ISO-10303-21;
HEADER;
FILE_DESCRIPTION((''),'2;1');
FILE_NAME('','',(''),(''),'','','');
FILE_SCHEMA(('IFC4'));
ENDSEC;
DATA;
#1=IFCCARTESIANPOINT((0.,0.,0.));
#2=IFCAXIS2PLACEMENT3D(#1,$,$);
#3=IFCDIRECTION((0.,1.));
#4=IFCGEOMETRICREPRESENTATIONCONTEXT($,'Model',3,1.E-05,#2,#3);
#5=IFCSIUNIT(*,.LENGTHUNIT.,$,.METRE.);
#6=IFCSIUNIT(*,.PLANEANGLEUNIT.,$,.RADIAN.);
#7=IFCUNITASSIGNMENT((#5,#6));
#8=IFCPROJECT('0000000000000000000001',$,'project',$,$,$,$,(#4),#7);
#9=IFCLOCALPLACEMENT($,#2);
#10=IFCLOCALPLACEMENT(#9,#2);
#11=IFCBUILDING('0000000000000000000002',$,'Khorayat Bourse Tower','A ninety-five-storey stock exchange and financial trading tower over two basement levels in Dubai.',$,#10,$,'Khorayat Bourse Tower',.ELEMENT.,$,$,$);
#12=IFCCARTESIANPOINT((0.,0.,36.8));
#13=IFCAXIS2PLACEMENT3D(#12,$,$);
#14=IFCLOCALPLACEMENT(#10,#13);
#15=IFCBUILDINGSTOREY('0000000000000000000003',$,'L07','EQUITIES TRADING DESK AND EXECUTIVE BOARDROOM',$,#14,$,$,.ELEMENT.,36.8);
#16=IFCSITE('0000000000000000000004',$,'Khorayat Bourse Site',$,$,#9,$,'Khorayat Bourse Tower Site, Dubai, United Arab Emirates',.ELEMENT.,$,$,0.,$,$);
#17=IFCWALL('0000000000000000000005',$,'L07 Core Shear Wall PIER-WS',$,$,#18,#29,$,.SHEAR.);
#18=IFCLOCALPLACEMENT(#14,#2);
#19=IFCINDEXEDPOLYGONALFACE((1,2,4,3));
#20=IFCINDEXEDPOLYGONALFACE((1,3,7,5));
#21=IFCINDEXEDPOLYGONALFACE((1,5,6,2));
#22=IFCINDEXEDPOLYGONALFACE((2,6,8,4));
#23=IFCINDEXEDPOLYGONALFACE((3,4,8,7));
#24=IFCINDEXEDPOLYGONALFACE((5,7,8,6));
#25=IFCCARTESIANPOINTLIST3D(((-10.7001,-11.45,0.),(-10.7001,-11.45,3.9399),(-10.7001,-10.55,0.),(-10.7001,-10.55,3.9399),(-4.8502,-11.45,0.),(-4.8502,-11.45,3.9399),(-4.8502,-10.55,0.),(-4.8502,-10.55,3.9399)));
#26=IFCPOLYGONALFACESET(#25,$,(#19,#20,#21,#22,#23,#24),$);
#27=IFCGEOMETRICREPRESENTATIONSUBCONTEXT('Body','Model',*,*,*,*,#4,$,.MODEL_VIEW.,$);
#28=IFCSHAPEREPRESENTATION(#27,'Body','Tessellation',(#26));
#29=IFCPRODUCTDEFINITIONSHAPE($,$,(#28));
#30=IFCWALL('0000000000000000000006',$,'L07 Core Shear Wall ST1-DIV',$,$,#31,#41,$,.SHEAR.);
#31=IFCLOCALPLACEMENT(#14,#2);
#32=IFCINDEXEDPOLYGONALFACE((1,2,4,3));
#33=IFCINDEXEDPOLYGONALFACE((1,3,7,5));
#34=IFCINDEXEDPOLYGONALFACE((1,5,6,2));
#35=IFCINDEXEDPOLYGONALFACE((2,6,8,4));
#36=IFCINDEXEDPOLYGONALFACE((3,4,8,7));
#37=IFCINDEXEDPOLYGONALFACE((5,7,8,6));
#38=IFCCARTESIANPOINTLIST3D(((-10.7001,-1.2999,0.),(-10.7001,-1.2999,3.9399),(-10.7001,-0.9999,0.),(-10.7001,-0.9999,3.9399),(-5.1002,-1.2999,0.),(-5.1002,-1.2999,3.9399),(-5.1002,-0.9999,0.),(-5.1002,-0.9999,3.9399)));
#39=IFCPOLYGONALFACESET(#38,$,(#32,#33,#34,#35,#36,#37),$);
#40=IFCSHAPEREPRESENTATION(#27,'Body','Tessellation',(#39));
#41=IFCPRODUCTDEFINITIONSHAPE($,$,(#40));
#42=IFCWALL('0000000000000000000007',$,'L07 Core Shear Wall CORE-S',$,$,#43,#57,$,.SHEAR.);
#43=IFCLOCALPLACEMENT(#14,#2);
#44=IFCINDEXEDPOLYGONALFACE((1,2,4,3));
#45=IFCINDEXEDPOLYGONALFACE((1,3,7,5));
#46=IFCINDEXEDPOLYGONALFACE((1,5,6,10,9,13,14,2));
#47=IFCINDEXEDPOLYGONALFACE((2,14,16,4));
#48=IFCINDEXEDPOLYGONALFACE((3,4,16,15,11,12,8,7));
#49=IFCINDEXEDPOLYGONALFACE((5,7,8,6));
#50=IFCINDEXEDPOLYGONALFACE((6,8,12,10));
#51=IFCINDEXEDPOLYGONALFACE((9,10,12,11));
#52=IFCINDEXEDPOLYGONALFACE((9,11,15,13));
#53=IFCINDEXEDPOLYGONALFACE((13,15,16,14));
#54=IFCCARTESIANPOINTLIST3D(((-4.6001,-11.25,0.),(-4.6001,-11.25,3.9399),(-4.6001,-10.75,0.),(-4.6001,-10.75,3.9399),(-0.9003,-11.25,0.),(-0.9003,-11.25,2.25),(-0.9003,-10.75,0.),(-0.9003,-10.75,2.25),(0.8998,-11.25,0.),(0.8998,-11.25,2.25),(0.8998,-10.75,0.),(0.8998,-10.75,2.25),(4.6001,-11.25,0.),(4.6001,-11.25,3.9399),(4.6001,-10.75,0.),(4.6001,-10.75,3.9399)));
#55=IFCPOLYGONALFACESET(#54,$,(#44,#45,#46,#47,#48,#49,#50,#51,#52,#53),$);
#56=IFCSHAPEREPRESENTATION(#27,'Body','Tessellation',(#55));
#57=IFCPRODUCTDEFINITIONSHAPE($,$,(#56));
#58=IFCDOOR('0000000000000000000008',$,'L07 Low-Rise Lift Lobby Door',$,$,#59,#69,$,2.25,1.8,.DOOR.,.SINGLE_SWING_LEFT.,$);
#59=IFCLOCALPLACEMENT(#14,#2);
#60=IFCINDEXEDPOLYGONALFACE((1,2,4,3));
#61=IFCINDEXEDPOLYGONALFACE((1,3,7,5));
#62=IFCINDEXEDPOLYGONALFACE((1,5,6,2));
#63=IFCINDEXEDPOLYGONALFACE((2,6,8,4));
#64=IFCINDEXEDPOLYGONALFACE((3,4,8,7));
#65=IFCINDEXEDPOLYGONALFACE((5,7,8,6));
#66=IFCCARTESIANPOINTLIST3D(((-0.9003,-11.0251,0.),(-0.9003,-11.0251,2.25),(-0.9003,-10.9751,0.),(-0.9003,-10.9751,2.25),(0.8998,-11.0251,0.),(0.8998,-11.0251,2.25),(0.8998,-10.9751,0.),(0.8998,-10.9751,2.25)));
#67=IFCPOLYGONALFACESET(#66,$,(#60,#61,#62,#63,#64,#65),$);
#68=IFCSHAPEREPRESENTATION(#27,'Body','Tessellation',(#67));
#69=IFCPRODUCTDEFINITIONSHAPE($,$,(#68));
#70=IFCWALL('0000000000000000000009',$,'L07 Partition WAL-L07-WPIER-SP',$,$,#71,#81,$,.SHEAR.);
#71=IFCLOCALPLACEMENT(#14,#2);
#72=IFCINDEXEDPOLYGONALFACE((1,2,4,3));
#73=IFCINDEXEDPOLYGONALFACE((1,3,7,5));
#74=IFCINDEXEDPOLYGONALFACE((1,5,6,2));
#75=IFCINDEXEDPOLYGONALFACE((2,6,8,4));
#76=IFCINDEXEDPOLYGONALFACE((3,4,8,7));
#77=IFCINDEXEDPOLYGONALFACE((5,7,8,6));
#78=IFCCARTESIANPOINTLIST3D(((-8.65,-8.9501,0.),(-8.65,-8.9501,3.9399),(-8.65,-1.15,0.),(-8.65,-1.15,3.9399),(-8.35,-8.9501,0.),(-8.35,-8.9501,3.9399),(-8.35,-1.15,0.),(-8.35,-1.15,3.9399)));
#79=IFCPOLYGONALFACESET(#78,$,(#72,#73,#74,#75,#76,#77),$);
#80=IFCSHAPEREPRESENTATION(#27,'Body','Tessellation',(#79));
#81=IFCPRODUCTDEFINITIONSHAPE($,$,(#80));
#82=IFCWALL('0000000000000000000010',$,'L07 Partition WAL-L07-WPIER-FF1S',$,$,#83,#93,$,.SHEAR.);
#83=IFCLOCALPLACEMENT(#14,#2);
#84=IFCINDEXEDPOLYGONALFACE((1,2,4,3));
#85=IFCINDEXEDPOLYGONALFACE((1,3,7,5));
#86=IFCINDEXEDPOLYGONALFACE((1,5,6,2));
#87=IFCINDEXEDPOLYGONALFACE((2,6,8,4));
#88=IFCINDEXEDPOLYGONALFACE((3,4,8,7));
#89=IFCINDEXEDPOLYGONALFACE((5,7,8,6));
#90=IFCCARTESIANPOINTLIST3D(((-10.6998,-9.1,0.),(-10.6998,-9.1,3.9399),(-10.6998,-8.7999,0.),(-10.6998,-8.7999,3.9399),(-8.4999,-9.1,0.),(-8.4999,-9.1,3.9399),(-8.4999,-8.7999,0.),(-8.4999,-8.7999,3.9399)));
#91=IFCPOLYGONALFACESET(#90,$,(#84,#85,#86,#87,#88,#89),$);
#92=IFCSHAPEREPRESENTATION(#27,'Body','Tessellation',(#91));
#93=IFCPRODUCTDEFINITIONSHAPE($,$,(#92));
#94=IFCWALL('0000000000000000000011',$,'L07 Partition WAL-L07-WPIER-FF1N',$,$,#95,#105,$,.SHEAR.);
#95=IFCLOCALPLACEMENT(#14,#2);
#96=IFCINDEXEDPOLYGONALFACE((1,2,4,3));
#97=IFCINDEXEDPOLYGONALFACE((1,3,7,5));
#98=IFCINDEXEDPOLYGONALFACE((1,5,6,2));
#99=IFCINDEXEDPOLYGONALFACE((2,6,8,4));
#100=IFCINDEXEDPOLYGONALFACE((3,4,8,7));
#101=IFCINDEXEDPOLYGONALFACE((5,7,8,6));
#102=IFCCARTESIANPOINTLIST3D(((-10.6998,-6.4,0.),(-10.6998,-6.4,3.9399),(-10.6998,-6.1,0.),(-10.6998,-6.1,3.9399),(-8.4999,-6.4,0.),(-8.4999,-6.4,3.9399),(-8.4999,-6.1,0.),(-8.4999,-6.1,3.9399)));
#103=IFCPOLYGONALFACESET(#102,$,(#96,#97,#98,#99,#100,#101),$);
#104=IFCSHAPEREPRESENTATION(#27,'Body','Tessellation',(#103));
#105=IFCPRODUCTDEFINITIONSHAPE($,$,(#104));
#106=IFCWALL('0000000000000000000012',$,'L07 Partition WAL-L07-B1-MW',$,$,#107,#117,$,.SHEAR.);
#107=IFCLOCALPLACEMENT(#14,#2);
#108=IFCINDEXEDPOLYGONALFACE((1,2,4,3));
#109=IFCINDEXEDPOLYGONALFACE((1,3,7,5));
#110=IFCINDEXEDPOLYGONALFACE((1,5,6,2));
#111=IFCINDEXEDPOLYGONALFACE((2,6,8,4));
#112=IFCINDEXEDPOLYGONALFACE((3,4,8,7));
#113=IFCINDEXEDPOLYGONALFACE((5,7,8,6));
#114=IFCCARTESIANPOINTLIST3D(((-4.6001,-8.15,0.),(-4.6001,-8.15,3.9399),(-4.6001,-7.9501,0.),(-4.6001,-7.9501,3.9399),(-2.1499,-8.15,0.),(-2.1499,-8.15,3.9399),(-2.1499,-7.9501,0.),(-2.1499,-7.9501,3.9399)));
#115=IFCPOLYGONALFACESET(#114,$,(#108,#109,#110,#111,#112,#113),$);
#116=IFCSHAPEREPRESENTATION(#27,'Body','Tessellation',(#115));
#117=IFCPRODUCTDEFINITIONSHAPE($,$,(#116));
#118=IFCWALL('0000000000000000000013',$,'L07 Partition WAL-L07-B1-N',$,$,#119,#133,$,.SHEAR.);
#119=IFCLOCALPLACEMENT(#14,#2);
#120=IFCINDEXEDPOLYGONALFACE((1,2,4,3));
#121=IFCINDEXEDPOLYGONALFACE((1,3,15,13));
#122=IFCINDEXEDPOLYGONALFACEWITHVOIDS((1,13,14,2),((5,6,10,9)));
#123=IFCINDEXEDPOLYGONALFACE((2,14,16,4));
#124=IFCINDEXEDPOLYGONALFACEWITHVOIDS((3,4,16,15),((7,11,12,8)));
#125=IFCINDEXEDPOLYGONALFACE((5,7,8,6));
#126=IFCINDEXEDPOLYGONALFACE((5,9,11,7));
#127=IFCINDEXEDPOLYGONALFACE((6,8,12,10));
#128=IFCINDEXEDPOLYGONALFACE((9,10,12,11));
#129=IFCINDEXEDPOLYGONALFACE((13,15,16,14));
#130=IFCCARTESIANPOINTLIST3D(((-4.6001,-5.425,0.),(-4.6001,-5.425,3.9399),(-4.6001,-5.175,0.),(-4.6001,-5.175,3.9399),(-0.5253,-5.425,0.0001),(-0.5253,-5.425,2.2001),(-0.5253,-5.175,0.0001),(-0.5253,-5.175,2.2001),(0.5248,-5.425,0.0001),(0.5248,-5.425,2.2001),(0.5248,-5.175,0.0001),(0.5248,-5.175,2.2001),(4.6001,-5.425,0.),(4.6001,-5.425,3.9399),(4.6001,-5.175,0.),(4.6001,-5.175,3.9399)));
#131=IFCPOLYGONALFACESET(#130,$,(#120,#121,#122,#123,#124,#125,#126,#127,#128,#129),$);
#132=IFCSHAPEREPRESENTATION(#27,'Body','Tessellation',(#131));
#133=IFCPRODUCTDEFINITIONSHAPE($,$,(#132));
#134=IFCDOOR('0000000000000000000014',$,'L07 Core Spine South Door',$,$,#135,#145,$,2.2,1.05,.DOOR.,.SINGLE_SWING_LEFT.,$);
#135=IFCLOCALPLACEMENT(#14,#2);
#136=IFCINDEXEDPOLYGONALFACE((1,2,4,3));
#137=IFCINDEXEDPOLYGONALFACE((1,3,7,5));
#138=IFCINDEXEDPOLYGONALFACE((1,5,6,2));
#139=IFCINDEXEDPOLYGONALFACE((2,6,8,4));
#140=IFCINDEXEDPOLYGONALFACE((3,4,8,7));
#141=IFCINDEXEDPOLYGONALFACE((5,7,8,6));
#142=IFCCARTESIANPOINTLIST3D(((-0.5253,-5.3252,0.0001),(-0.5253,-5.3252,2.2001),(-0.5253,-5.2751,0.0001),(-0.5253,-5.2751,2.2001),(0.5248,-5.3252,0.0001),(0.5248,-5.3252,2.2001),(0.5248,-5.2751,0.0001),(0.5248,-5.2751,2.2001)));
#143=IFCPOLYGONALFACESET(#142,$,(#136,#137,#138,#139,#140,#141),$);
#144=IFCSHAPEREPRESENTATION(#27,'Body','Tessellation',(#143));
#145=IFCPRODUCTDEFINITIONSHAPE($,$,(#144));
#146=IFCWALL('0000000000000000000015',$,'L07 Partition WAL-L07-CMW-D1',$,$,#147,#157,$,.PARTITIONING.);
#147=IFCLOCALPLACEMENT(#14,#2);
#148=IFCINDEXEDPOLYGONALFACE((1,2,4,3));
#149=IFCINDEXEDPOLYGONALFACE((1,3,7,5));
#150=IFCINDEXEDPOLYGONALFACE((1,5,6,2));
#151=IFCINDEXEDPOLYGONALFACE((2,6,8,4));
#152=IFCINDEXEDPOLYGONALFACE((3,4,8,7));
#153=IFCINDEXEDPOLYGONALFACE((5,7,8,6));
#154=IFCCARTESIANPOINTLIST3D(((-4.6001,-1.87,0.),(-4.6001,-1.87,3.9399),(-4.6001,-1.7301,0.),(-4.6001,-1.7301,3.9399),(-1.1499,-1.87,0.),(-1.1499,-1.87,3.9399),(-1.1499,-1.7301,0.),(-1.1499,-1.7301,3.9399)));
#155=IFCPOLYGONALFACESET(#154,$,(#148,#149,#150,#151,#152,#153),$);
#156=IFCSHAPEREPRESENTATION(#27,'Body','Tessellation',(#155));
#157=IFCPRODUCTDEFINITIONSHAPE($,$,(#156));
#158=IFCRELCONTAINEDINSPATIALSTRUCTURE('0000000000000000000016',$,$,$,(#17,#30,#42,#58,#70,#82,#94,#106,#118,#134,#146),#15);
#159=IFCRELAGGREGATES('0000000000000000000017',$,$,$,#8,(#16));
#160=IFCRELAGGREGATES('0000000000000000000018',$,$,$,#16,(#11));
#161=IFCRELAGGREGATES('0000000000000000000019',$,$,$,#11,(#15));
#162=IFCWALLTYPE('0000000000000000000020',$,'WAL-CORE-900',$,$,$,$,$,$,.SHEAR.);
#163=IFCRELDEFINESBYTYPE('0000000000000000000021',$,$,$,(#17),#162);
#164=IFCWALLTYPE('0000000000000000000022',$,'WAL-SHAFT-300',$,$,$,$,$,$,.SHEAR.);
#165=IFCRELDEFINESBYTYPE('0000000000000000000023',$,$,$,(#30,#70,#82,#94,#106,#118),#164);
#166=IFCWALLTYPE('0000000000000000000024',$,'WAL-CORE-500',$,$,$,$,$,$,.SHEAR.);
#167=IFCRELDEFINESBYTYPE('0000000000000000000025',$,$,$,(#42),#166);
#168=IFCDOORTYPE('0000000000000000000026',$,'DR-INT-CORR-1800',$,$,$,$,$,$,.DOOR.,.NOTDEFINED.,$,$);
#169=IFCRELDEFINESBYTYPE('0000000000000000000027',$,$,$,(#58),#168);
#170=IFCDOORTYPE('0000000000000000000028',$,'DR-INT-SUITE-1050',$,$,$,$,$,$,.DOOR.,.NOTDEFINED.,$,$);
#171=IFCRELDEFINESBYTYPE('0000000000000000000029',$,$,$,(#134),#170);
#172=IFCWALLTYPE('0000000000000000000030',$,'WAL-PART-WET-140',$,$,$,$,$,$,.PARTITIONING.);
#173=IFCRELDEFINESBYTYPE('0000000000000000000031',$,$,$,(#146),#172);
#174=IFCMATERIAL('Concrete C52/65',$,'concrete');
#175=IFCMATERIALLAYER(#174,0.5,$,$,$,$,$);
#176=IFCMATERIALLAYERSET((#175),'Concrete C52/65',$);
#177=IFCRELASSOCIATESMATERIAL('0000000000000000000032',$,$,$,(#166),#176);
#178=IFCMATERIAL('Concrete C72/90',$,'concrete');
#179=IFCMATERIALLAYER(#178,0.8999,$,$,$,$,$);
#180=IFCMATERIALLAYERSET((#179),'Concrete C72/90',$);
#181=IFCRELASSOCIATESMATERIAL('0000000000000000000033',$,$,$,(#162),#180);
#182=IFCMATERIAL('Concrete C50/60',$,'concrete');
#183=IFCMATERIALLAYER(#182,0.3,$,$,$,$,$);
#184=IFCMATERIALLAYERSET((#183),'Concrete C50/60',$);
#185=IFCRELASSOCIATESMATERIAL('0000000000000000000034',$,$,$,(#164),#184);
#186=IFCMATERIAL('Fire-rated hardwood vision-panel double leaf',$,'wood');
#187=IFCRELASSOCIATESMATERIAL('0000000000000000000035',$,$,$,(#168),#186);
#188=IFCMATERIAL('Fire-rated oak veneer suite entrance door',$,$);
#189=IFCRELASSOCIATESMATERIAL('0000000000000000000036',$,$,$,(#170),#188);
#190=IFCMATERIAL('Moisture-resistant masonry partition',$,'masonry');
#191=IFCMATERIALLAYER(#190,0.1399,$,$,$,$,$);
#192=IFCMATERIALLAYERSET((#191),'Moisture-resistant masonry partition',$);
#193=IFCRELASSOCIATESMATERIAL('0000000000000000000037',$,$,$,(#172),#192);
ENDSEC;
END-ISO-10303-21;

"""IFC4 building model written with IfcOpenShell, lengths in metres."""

from ifc_helpers import new_model, si_unit, direction, frame, frame_2d, origin, place, context, subcontext, project, spatial, rectangle, extrude, source, transform, mapped, material, layer, layer_set, type_object, element, fill, save


model = new_model("IFC4")

# Units and contexts
model_context = context("Model", 3, precision=1e-05, world=origin(), true_north=direction((0.0, 1.0)))
body_context = subcontext(model_context, "Body", "Model", "MODEL_VIEW")
ifc_project = project(units=[si_unit("LENGTHUNIT", "METRE"), si_unit("PLANEANGLEUNIT", "RADIAN")], contexts=[model_context])

# Site, building, storey
site_placement = place(None, origin())
site = spatial("IfcSite", under=ifc_project, at=site_placement, Name="Khorayat Bourse Site", LongName="Khorayat Bourse Tower Site, Dubai, United Arab Emirates", CompositionType="ELEMENT", RefElevation=0.0)
building_placement = place(site_placement, origin())
building = spatial("IfcBuilding", under=site, at=building_placement, Name="Khorayat Bourse Tower", Description="A ninety-five-storey stock exchange and financial trading tower over two basement levels in Dubai.", LongName="Khorayat Bourse Tower", CompositionType="ELEMENT")
storey_placement = place(building_placement, frame((0.0, 0.0, 36.8)))
storey = spatial("IfcBuildingStorey", under=building, at=storey_placement, Name="L07", Description="EQUITIES TRADING DESK AND EXECUTIVE BOARDROOM", CompositionType="ELEMENT", Elevation=36.8)

# Shared definitions
ifc_material_1 = material(Name="Concrete C72/90", Category="concrete")

# Walls
ifc_material_2 = material(Name="Concrete C52/65", Category="concrete")
ifc_layer_1 = layer(ifc_material_2, 0.5)
ifc_layer_set_1 = layer_set([ifc_layer_1], Name="Concrete C52/65")
wall_type_1 = type_object("IfcWallType", Name="WAL-CORE-500", PredefinedType="SHEAR", material=ifc_layer_set_1)
ifc_layer_2 = layer(ifc_material_1, 0.8999)
ifc_layer_set_2 = layer_set([ifc_layer_2], Name="Concrete C72/90")
wall_type_2 = type_object("IfcWallType", Name="WAL-CORE-900", PredefinedType="SHEAR", material=ifc_layer_set_2)
shared_shape_1 = source(origin(), body_context, "Body", "SweptSolid", [
    extrude(rectangle(XDim=5.8499, YDim=0.8999, at=frame_2d((2.9248, 0.0))), origin(), (0.0, 0.0, 1.0), 3.9399),
])
wall_1_placement = place(storey_placement, frame((-10.7, -11.0, 0.0), z_axis=(0.0, 0.0, 1.0), x_axis=(1.0, 0.0, 0.0)))
element("IfcWall", 1, at=wall_1_placement, inside=storey, type_object=wall_type_2, Name="L07 Core Shear Wall PIER-WS", PredefinedType="SHEAR", context=body_context, shape_type="MappedRepresentation", body=[
    mapped(shared_shape_1, transform((0.0, 0.0, 0.0), scale=1.0)),
])
ifc_material_3 = material(Name="Concrete C50/60", Category="concrete")
ifc_layer_3 = layer(ifc_material_3, 0.3)
ifc_layer_set_3 = layer_set([ifc_layer_3], Name="Concrete C50/60")
wall_type_3 = type_object("IfcWallType", Name="WAL-SHAFT-300", PredefinedType="SHEAR", material=ifc_layer_set_3)
shared_shape_2 = source(origin(), body_context, "Body", "SweptSolid", [
    extrude(rectangle(XDim=5.5999, YDim=0.3, at=frame_2d((2.7998, 0.0))), origin(), (0.0, 0.0, 1.0), 3.9399),
])
wall_2_placement = place(storey_placement, frame((-10.7, -1.1499, 0.0), z_axis=(0.0, 0.0, 1.0), x_axis=(1.0, 0.0, 0.0)))
element("IfcWall", 2, at=wall_2_placement, inside=storey, type_object=wall_type_3, Name="L07 Core Shear Wall ST1-DIV", PredefinedType="SHEAR", context=body_context, shape_type="MappedRepresentation", body=[
    mapped(shared_shape_2, transform((0.0, 0.0, 0.0), scale=1.0)),
])

# Wall, opening, door
shared_shape_3 = source(origin(), body_context, "Body", "SweptSolid", [
    extrude(rectangle(XDim=9.2002, YDim=0.5, at=frame_2d((4.6001, 0.0))), origin(), (0.0, 0.0, 1.0), 3.9399),
])
wall_3_placement = place(storey_placement, frame((-4.6001, -11.0, 0.0), z_axis=(0.0, 0.0, 1.0), x_axis=(1.0, 0.0, 0.0)))
wall_3 = element("IfcWall", 3, at=wall_3_placement, inside=storey, type_object=wall_type_1, Name="L07 Core Shear Wall CORE-S", PredefinedType="SHEAR", context=body_context, shape_type="MappedRepresentation", body=[
    mapped(shared_shape_3, transform((0.0, 0.0, 0.0), scale=1.0)),
])
shared_shape_4 = source(origin(), body_context, "Body", "SweptSolid", [
    extrude(rectangle(XDim=1.8, YDim=2.25, at=frame_2d((0.8999, 1.125))), frame((0.0, 0.26, 0.0), z_axis=(0.0, -1.0, 0.0), x_axis=(1.0, 0.0, 0.0)), (0.0, 0.0, 1.0), 0.52),
])
opening_1_placement = place(wall_3_placement, frame((3.7, 0.0, 0.0)))
opening_1 = element("IfcOpeningElement", 4, at=opening_1_placement, cuts=wall_3, PredefinedType="OPENING", context=body_context, shape_type="MappedRepresentation", body=[
    mapped(shared_shape_4, transform((0.0, 0.0, 0.0), scale=1.0)),
])
ifc_material_4 = material(Name="Fire-rated hardwood vision-panel double leaf", Category="wood")
door_type_1 = type_object("IfcDoorType", Name="DR-INT-CORR-1800", OperationType="NOTDEFINED", PredefinedType="DOOR", material=ifc_material_4)
shared_shape_5 = source(origin(), body_context, "Body", "SweptSolid", [
    extrude(rectangle(XDim=1.8, YDim=2.25, at=frame_2d((0.8999, 1.125))), frame((0.0, 0.0249, 0.0), z_axis=(0.0, -1.0, 0.0), x_axis=(1.0, 0.0, 0.0)), (0.0, 0.0, 1.0), 0.05),
])
door_1_placement = place(opening_1_placement, origin())
door_1 = element("IfcDoor", 5, at=door_1_placement, inside=storey, type_object=door_type_1, Name="L07 Low-Rise Lift Lobby Door", OperationType="SINGLE_SWING_LEFT", OverallHeight=2.25, OverallWidth=1.8, PredefinedType="DOOR", context=body_context, shape_type="MappedRepresentation", body=[
    mapped(shared_shape_5, transform((0.0, 0.0, 0.0), scale=1.0)),
])
fill(opening_1, door_1)

# Walls
shared_shape_6 = source(origin(), body_context, "Body", "SweptSolid", [
    extrude(rectangle(XDim=7.8, YDim=0.3, at=frame_2d((3.8999, 0.0))), origin(), (0.0, 0.0, 1.0), 3.9399),
])
wall_4_placement = place(storey_placement, frame((-8.5, -8.95, 0.0), z_axis=(0.0, 0.0, 1.0), x_axis=(0.0, 1.0, 0.0)))
element("IfcWall", 6, at=wall_4_placement, inside=storey, type_object=wall_type_3, Name="L07 Partition WAL-L07-WPIER-SP", PredefinedType="SHEAR", context=body_context, shape_type="MappedRepresentation", body=[
    mapped(shared_shape_6, transform((0.0, 0.0, 0.0), scale=1.0)),
])
shared_shape_7 = source(origin(), body_context, "Body", "SweptSolid", [
    extrude(rectangle(XDim=2.2, YDim=0.3, at=frame_2d((1.1001, 0.0))), origin(), (0.0, 0.0, 1.0), 3.9399),
])
for number, where, z_axis, x_axis, name in (
    (7, (-10.7, -8.95, 0.0), (0.0, 0.0, 1.0), (1.0, 0.0, 0.0), "L07 Partition WAL-L07-WPIER-FF1S"),
    (8, (-10.7, -6.25, 0.0), (0.0, 0.0, 1.0), (1.0, 0.0, 0.0), "L07 Partition WAL-L07-WPIER-FF1N"),
):
    element("IfcWall", number, at=place(storey_placement, frame(where, z_axis=z_axis, x_axis=x_axis)), inside=storey, type_object=wall_type_3, Name=name, PredefinedType="SHEAR", context=body_context, shape_type="MappedRepresentation", body=[
        mapped(shared_shape_7, transform((0.0, 0.0, 0.0), scale=1.0)),
    ])
shared_shape_8 = source(origin(), body_context, "Body", "SweptSolid", [
    extrude(rectangle(XDim=2.4502, YDim=0.2, at=frame_2d((1.2251, 0.0))), origin(), (0.0, 0.0, 1.0), 3.9399),
])
wall_5_placement = place(storey_placement, frame((-4.6001, -8.05, 0.0), z_axis=(0.0, 0.0, 1.0), x_axis=(1.0, 0.0, 0.0)))
element("IfcWall", 9, at=wall_5_placement, inside=storey, type_object=wall_type_3, Name="L07 Partition WAL-L07-B1-MW", PredefinedType="SHEAR", context=body_context, shape_type="MappedRepresentation", body=[
    mapped(shared_shape_8, transform((0.0, 0.0, 0.0), scale=1.0)),
])

# Wall, opening, door
shared_shape_9 = source(origin(), body_context, "Body", "SweptSolid", [
    extrude(rectangle(XDim=9.2002, YDim=0.25, at=frame_2d((4.6001, 0.0))), origin(), (0.0, 0.0, 1.0), 3.9399),
])
wall_6_placement = place(storey_placement, frame((-4.6001, -5.3, 0.0), z_axis=(0.0, 0.0, 1.0), x_axis=(1.0, 0.0, 0.0)))
wall_6 = element("IfcWall", 10, at=wall_6_placement, inside=storey, type_object=wall_type_3, Name="L07 Partition WAL-L07-B1-N", PredefinedType="SHEAR", context=body_context, shape_type="MappedRepresentation", body=[
    mapped(shared_shape_9, transform((0.0, 0.0, 0.0), scale=1.0)),
])
shared_shape_10 = source(origin(), body_context, "Body", "SweptSolid", [
    extrude(rectangle(XDim=1.05, YDim=2.2, at=frame_2d((0.5249, 1.1001))), frame((0.0, 0.135, 0.0), z_axis=(0.0, -1.0, 0.0), x_axis=(1.0, 0.0, 0.0)), (0.0, 0.0, 1.0), 0.27),
])
opening_2_placement = place(wall_6_placement, frame((4.075, 0.0, 0.0)))
opening_2 = element("IfcOpeningElement", 11, at=opening_2_placement, cuts=wall_6, PredefinedType="OPENING", context=body_context, shape_type="MappedRepresentation", body=[
    mapped(shared_shape_10, transform((0.0, 0.0, 0.0), scale=1.0)),
])
ifc_material_5 = material(Name="Fire-rated oak veneer suite entrance door")
door_type_2 = type_object("IfcDoorType", Name="DR-INT-SUITE-1050", OperationType="NOTDEFINED", PredefinedType="DOOR", material=ifc_material_5)
shared_shape_11 = source(origin(), body_context, "Body", "SweptSolid", [
    extrude(rectangle(XDim=1.05, YDim=2.2, at=frame_2d((0.5249, 1.1001))), frame((0.0, 0.0249, 0.0), z_axis=(0.0, -1.0, 0.0), x_axis=(1.0, 0.0, 0.0)), (0.0, 0.0, 1.0), 0.05),
])
door_2_placement = place(opening_2_placement, origin())
door_2 = element("IfcDoor", 12, at=door_2_placement, inside=storey, type_object=door_type_2, Name="L07 Core Spine South Door", OperationType="SINGLE_SWING_LEFT", OverallHeight=2.2, OverallWidth=1.05, PredefinedType="DOOR", context=body_context, shape_type="MappedRepresentation", body=[
    mapped(shared_shape_11, transform((0.0, 0.0, 0.0), scale=1.0)),
])
fill(opening_2, door_2)

# Wall
ifc_material_6 = material(Name="Moisture-resistant masonry partition", Category="masonry")
ifc_layer_4 = layer(ifc_material_6, 0.1399)
ifc_layer_set_4 = layer_set([ifc_layer_4], Name="Moisture-resistant masonry partition")
wall_type_4 = type_object("IfcWallType", Name="WAL-PART-WET-140", PredefinedType="PARTITIONING", material=ifc_layer_set_4)
shared_shape_12 = source(origin(), body_context, "Body", "SweptSolid", [
    extrude(rectangle(XDim=3.4502, YDim=0.1399, at=frame_2d((1.7251, 0.0))), origin(), (0.0, 0.0, 1.0), 3.9399),
])
wall_7_placement = place(storey_placement, frame((-4.6001, -1.8, 0.0), z_axis=(0.0, 0.0, 1.0), x_axis=(1.0, 0.0, 0.0)))
element("IfcWall", 13, at=wall_7_placement, inside=storey, type_object=wall_type_4, Name="L07 Partition WAL-L07-CMW-D1", PredefinedType="PARTITIONING", context=body_context, shape_type="MappedRepresentation", body=[
    mapped(shared_shape_12, transform((0.0, 0.0, 0.0), scale=1.0)),
])

save(model, "model.ifc")
